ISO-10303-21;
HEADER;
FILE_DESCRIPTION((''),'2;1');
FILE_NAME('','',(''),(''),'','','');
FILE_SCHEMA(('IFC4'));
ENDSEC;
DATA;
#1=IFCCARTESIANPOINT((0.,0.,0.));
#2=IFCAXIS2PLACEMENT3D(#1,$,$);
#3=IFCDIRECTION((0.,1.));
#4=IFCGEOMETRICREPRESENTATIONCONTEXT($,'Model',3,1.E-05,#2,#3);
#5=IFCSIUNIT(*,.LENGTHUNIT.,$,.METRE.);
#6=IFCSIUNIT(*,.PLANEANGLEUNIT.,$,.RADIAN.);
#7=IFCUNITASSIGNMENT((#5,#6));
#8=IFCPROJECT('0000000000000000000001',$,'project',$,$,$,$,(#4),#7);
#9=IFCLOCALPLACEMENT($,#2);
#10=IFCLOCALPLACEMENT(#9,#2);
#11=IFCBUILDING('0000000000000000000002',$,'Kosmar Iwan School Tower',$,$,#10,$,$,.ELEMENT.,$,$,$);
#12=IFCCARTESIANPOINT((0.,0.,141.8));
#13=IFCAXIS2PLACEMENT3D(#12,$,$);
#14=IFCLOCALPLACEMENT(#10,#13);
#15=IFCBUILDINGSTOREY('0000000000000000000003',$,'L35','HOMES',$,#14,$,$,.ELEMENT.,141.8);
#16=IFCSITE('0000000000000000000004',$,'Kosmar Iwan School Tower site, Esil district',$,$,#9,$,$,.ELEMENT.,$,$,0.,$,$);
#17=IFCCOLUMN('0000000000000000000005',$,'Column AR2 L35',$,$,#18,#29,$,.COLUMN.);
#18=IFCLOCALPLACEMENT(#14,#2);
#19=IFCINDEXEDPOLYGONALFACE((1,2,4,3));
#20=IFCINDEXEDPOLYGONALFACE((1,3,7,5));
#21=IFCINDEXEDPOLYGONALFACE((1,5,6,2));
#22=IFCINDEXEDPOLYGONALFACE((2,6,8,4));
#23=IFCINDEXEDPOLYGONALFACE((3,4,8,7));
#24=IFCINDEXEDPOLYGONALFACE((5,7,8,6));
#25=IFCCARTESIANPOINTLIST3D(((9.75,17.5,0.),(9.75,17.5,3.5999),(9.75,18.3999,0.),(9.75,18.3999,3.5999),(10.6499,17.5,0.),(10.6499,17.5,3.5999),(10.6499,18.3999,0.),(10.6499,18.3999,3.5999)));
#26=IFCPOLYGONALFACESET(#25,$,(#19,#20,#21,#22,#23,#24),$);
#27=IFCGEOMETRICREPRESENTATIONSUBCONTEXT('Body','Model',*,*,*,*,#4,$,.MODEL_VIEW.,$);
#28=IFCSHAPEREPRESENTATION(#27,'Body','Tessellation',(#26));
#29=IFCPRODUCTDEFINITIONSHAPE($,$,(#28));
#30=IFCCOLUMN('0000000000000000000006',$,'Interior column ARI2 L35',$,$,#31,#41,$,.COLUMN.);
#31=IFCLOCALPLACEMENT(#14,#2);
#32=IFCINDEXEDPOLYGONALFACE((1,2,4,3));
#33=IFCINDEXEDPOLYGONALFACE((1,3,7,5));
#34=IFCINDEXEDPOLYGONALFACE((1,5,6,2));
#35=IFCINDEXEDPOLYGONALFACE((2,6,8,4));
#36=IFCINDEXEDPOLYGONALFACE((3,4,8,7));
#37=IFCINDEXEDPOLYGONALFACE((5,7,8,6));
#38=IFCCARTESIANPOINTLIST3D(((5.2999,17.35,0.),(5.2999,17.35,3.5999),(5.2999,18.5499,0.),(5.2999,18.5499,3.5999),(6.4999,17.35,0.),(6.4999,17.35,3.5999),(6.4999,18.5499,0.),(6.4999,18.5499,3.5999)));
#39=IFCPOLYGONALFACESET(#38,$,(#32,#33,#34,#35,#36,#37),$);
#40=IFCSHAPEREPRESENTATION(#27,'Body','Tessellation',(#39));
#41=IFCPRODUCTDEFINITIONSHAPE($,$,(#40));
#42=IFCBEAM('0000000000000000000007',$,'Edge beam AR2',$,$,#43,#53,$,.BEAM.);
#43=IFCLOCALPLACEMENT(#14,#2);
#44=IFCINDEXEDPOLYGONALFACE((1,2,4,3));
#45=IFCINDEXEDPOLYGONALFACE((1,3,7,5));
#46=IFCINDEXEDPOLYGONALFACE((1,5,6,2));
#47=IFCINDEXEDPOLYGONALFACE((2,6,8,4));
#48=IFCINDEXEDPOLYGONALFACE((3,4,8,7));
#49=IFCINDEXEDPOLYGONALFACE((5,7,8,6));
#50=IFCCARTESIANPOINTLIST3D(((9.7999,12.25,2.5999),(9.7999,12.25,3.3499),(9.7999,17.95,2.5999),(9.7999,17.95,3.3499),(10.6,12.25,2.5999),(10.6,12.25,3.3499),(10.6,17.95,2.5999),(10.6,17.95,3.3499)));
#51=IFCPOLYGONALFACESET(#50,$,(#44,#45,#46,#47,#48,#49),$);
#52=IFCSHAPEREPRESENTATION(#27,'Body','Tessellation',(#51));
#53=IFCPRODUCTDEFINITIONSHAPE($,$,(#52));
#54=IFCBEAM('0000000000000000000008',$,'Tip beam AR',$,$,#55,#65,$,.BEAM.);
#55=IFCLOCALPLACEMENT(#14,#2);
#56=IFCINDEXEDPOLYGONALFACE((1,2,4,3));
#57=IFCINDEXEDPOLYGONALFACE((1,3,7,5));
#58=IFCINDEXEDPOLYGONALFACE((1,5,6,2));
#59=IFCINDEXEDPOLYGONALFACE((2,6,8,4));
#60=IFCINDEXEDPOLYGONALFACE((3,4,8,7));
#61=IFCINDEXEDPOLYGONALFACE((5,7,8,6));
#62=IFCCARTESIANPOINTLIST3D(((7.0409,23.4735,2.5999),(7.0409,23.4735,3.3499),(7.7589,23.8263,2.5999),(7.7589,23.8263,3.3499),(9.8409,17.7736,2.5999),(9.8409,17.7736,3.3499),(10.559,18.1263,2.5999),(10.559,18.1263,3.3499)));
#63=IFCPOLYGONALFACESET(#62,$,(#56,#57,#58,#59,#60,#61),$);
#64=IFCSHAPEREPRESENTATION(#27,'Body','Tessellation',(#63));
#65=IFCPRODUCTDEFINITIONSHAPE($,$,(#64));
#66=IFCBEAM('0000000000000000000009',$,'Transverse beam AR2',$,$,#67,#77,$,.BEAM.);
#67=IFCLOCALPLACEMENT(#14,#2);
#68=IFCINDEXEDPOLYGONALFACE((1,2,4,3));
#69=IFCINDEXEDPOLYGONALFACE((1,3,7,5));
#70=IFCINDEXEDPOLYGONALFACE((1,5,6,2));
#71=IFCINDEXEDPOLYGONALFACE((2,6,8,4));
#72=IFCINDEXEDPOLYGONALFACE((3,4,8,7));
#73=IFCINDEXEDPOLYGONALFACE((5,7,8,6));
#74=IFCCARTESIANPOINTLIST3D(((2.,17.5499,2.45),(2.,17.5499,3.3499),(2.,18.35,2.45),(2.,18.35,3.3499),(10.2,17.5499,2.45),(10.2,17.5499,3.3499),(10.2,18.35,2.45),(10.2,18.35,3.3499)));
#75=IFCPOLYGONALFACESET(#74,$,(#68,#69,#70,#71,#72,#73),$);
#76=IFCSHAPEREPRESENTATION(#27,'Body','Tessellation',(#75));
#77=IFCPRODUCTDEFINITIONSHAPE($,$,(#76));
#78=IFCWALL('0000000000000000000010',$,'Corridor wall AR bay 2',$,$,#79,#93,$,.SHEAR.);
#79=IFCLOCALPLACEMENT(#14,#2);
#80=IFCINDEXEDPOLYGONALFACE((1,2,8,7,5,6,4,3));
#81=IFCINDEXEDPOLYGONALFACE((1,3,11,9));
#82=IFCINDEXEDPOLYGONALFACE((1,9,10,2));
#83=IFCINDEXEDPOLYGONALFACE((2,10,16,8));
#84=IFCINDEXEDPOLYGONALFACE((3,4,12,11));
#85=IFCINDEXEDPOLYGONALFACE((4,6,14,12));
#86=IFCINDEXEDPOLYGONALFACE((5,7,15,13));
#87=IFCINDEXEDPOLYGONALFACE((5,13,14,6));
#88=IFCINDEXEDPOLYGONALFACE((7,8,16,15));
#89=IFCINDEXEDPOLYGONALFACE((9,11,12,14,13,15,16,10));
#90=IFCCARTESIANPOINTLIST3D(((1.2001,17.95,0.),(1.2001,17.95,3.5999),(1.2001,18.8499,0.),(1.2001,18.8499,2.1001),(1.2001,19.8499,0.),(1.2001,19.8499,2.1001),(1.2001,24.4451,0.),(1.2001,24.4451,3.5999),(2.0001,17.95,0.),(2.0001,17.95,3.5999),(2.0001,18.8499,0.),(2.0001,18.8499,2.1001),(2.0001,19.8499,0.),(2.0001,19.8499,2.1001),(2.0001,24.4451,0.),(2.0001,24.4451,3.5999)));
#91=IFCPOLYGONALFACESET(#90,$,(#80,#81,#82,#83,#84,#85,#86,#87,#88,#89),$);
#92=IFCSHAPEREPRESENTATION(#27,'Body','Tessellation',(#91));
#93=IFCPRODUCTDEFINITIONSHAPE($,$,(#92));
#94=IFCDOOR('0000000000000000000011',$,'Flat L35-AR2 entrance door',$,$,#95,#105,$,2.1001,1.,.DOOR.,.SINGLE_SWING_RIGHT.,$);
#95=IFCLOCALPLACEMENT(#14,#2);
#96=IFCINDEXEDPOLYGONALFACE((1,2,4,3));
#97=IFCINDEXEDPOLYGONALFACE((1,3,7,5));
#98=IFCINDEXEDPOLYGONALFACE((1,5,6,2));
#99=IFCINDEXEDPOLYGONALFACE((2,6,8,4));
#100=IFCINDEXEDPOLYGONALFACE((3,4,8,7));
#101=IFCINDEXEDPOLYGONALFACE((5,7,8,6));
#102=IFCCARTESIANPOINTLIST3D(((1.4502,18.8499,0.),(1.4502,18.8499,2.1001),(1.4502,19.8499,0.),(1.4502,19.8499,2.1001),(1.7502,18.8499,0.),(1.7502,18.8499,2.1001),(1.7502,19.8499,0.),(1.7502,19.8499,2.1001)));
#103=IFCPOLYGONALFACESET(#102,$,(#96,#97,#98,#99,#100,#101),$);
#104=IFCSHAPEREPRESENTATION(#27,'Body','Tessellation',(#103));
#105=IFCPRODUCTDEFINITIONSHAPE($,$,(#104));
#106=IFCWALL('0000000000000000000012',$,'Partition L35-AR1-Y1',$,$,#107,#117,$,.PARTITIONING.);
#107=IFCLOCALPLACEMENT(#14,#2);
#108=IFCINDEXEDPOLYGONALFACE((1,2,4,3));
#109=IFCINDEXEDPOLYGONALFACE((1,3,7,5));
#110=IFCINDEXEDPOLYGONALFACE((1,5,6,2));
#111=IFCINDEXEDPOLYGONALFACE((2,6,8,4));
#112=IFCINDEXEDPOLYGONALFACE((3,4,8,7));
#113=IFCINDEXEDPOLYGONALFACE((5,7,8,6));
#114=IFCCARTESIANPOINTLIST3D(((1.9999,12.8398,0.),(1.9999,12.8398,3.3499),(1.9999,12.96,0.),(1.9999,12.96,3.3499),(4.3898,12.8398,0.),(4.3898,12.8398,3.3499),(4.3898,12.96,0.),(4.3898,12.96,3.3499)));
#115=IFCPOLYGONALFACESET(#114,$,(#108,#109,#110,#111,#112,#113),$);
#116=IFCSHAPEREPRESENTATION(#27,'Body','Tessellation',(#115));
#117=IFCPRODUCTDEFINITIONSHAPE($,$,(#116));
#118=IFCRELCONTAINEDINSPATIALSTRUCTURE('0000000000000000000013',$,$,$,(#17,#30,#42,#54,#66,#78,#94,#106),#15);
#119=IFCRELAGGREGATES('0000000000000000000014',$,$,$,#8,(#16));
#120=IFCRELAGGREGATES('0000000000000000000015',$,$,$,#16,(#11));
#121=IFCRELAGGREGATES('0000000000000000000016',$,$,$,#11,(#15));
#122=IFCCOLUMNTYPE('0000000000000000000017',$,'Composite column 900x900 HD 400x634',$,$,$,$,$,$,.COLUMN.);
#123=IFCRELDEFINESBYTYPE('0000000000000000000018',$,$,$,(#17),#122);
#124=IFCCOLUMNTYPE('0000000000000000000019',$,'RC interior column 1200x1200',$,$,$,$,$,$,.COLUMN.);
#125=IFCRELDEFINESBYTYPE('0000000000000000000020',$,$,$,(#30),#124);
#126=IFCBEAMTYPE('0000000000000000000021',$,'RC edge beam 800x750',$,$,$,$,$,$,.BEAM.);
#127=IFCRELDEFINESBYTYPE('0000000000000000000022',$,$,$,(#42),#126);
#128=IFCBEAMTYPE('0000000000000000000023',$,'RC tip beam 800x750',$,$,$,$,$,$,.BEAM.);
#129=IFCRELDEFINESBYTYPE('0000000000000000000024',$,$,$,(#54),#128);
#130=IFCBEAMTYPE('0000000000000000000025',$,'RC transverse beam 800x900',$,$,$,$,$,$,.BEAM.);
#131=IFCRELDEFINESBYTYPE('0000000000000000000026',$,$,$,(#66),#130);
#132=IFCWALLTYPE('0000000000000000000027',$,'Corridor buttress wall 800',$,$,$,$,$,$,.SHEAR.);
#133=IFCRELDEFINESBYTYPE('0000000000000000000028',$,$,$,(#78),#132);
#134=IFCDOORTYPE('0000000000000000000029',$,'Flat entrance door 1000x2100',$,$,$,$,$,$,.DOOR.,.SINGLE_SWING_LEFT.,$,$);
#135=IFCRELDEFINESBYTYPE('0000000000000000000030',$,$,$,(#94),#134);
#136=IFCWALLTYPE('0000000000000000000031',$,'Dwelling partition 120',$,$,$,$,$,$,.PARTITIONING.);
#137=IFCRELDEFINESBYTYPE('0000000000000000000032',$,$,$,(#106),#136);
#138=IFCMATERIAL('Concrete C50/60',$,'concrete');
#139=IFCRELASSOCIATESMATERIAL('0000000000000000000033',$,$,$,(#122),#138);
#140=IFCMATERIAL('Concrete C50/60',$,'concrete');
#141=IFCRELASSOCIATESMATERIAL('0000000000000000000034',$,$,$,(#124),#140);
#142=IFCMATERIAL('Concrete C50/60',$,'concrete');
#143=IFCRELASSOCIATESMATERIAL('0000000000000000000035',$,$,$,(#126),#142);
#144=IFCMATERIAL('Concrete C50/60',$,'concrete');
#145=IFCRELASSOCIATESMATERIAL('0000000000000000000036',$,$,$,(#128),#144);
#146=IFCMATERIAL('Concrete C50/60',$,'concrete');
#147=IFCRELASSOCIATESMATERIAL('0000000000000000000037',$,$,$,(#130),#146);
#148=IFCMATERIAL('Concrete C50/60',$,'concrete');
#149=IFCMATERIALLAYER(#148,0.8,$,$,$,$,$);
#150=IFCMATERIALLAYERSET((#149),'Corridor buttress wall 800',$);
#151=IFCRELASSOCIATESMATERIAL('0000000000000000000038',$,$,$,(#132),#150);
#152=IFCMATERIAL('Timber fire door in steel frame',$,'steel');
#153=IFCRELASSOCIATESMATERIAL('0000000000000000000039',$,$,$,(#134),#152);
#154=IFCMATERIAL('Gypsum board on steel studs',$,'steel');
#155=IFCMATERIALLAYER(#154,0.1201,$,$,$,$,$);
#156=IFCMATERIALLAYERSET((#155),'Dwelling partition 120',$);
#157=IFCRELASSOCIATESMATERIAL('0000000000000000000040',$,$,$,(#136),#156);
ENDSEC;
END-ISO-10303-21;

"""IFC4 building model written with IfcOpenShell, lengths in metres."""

from ifc_helpers import new_model, si_unit, direction, frame, frame_2d, origin, origin_2d, place, context, subcontext, project, spatial, rectangle, extrude, material, layer, layer_set, material_profile, profile_set, type_object, element, fill, save


model = new_model("IFC4")

# Units and contexts
model_context = context("Model", 3, precision=1e-05, world=origin(), true_north=direction((0.0, 1.0)))
body_context = subcontext(model_context, "Body", "Model", "MODEL_VIEW")
ifc_project = project(units=[si_unit("LENGTHUNIT", "METRE"), si_unit("PLANEANGLEUNIT", "RADIAN")], contexts=[model_context])

# Site, building, storey
site_placement = place(None, origin())
site = spatial("IfcSite", under=ifc_project, at=site_placement, Name="Kosmar Iwan School Tower site, Esil district", CompositionType="ELEMENT", RefElevation=0.0)
building_placement = place(site_placement, origin())
building = spatial("IfcBuilding", under=site, at=building_placement, Name="Kosmar Iwan School Tower", CompositionType="ELEMENT")
storey_placement = place(building_placement, frame((0.0, 0.0, 141.8)))
storey = spatial("IfcBuildingStorey", under=building, at=storey_placement, Name="L35", Description="HOMES", CompositionType="ELEMENT", Elevation=141.8)

# Columns
ifc_material_1 = material(Name="Concrete C50/60", Category="concrete")
ifc_material_profile_1 = material_profile(ifc_material_1, rectangle(XDim=0.8999, YDim=0.8999, at=origin_2d()), Name="RC 900x900 + HD 400x634")
ifc_profile_set_1 = profile_set([ifc_material_profile_1], Name="Concrete C50/60")
column_type_1 = type_object("IfcColumnType", Name="Composite column 900x900 HD 400x634", PredefinedType="COLUMN", material=ifc_profile_set_1)
column_1_placement = place(storey_placement, frame((10.2, 17.95, 0.0), z_axis=(0.0, 0.0, 1.0), x_axis=(0.0, 1.0, 0.0)))
element("IfcColumn", 1, at=column_1_placement, inside=storey, type_object=column_type_1, Name="Column AR2 L35", PredefinedType="COLUMN", context=body_context, shape_type="SweptSolid", body=[
    extrude(rectangle(XDim=0.8999, YDim=0.8999, at=origin_2d()), origin(), (0.0, 0.0, 1.0), 3.5999),
])
ifc_material_2 = material(Name="Concrete C50/60", Category="concrete")
ifc_material_profile_2 = material_profile(ifc_material_2, rectangle(XDim=1.2, YDim=1.2, at=origin_2d()), Name="RC 1200x1200")
ifc_profile_set_2 = profile_set([ifc_material_profile_2], Name="Concrete C50/60")
column_type_2 = type_object("IfcColumnType", Name="RC interior column 1200x1200", PredefinedType="COLUMN", material=ifc_profile_set_2)
column_2_placement = place(storey_placement, frame((5.8999, 17.95, 0.0), z_axis=(0.0, 0.0, 1.0), x_axis=(0.0, 1.0, 0.0)))
element("IfcColumn", 2, at=column_2_placement, inside=storey, type_object=column_type_2, Name="Interior column ARI2 L35", PredefinedType="COLUMN", context=body_context, shape_type="SweptSolid", body=[
    extrude(rectangle(XDim=1.2, YDim=1.2, at=origin_2d()), origin(), (0.0, 0.0, 1.0), 3.5999),
])

# Beams
ifc_material_3 = material(Name="Concrete C50/60", Category="concrete")
ifc_material_profile_3 = material_profile(ifc_material_3, rectangle(XDim=0.8, YDim=0.75, at=origin_2d()), Name="RC 800x750")
ifc_profile_set_3 = profile_set([ifc_material_profile_3], Name="Concrete C50/60")
beam_type_1 = type_object("IfcBeamType", Name="RC edge beam 800x750", PredefinedType="BEAM", material=ifc_profile_set_3)
beam_1_placement = place(storey_placement, frame((10.2, 12.25, 2.9749), z_axis=(0.0, 1.0, 0.0), x_axis=(-1.0, 0.0, 0.0)))
element("IfcBeam", 3, at=beam_1_placement, inside=storey, type_object=beam_type_1, Name="Edge beam AR2", PredefinedType="BEAM", context=body_context, shape_type="SweptSolid", body=[
    extrude(rectangle(XDim=0.8, YDim=0.75, at=origin_2d()), origin(), (0.0, 0.0, 1.0), 5.7),
])
ifc_material_4 = material(Name="Concrete C50/60", Category="concrete")
ifc_material_profile_4 = material_profile(ifc_material_4, rectangle(XDim=0.8, YDim=0.75, at=origin_2d()), Name="RC 800x750")
ifc_profile_set_4 = profile_set([ifc_material_profile_4], Name="Concrete C50/60")
beam_type_2 = type_object("IfcBeamType", Name="RC tip beam 800x750", PredefinedType="BEAM", material=ifc_profile_set_4)
beam_2_placement = place(storey_placement, frame((10.2, 17.95, 2.9749), z_axis=(-0.440913, 0.89755, 0.0), x_axis=(-0.89755, -0.440913, 0.0)))
element("IfcBeam", 4, at=beam_2_placement, inside=storey, type_object=beam_type_2, Name="Tip beam AR", PredefinedType="BEAM", context=body_context, shape_type="SweptSolid", body=[
    extrude(rectangle(XDim=0.8, YDim=0.75, at=origin_2d()), origin(), (0.0, 0.0, 1.0), 6.3506),
])
ifc_material_5 = material(Name="Concrete C50/60", Category="concrete")
ifc_material_profile_5 = material_profile(ifc_material_5, rectangle(XDim=0.8, YDim=0.8999, at=origin_2d()), Name="RC 800x900")
ifc_profile_set_5 = profile_set([ifc_material_profile_5], Name="Concrete C50/60")
beam_type_3 = type_object("IfcBeamType", Name="RC transverse beam 800x900", PredefinedType="BEAM", material=ifc_profile_set_5)
beam_3_placement = place(storey_placement, frame((10.2, 17.95, 2.8999), z_axis=(-1.0, 0.0, 0.0), x_axis=(0.0, -1.0, 0.0)))
element("IfcBeam", 5, at=beam_3_placement, inside=storey, type_object=beam_type_3, Name="Transverse beam AR2", PredefinedType="BEAM", context=body_context, shape_type="SweptSolid", body=[
    extrude(rectangle(XDim=0.8, YDim=0.8999, at=origin_2d()), origin(), (0.0, 0.0, 1.0), 8.2),
])

# Wall, opening, door
ifc_material_6 = material(Name="Concrete C50/60", Category="concrete")
ifc_layer_1 = layer(ifc_material_6, 0.8)
ifc_layer_set_1 = layer_set([ifc_layer_1], Name="Corridor buttress wall 800")
wall_type_1 = type_object("IfcWallType", Name="Corridor buttress wall 800", PredefinedType="SHEAR", material=ifc_layer_set_1)
wall_1_placement = place(storey_placement, frame((1.6001, 17.95, 0.0), z_axis=(0.0, 0.0, 1.0), x_axis=(0.0, 1.0, 0.0)))
wall_1 = element("IfcWall", 6, at=wall_1_placement, inside=storey, type_object=wall_type_1, Name="Corridor wall AR bay 2", PredefinedType="SHEAR", context=body_context, shape_type="SweptSolid", body=[
    extrude(rectangle(XDim=6.4951, YDim=0.8, at=frame_2d((3.2476, 0.0))), origin(), (0.0, 0.0, 1.0), 3.5999),
])
opening_1_placement = place(wall_1_placement, frame((0.8999, 0.0, 0.0)))
opening_1 = element("IfcOpeningElement", 7, at=opening_1_placement, cuts=wall_1, PredefinedType="OPENING", context=body_context, shape_type="SweptSolid", body=[
    extrude(rectangle(XDim=1.0, YDim=2.1001, at=frame_2d((0.5, 1.05))), frame((0.0, 0.4121, 0.0), z_axis=(0.0, -1.0, 0.0), x_axis=(1.0, 0.0, 0.0)), (0.0, 0.0, 1.0), 0.824),
])
ifc_material_7 = material(Name="Timber fire door in steel frame", Category="steel")
door_type_1 = type_object("IfcDoorType", Name="Flat entrance door 1000x2100", OperationType="SINGLE_SWING_LEFT", PredefinedType="DOOR", material=ifc_material_7)
door_1_placement = place(opening_1_placement, origin())
door_1 = element("IfcDoor", 8, at=door_1_placement, inside=storey, type_object=door_type_1, Name="Flat L35-AR2 entrance door", OperationType="SINGLE_SWING_RIGHT", OverallHeight=2.1001, OverallWidth=1.0, PredefinedType="DOOR", context=body_context, shape_type="SweptSolid", body=[
    extrude(rectangle(XDim=1.0, YDim=2.1001, at=frame_2d((0.5, 1.05))), frame((0.0, 0.1499, 0.0), z_axis=(0.0, -1.0, 0.0), x_axis=(1.0, 0.0, 0.0)), (0.0, 0.0, 1.0), 0.3),
])
fill(opening_1, door_1)

# Wall
ifc_material_8 = material(Name="Gypsum board on steel studs", Category="steel")
ifc_layer_2 = layer(ifc_material_8, 0.1201)
ifc_layer_set_2 = layer_set([ifc_layer_2], Name="Dwelling partition 120")
wall_type_2 = type_object("IfcWallType", Name="Dwelling partition 120", PredefinedType="PARTITIONING", material=ifc_layer_set_2)
wall_2_placement = place(storey_placement, frame((2.0, 12.8999, 0.0), z_axis=(0.0, 0.0, 1.0), x_axis=(1.0, 0.0, 0.0)))
element("IfcWall", 9, at=wall_2_placement, inside=storey, type_object=wall_type_2, Name="Partition L35-AR1-Y1", PredefinedType="PARTITIONING", context=body_context, shape_type="SweptSolid", body=[
    extrude(rectangle(XDim=2.3899, YDim=0.1201, at=frame_2d((1.1948, 0.0))), origin(), (0.0, 0.0, 1.0), 3.3499),
])

save(model, "model.ifc")
